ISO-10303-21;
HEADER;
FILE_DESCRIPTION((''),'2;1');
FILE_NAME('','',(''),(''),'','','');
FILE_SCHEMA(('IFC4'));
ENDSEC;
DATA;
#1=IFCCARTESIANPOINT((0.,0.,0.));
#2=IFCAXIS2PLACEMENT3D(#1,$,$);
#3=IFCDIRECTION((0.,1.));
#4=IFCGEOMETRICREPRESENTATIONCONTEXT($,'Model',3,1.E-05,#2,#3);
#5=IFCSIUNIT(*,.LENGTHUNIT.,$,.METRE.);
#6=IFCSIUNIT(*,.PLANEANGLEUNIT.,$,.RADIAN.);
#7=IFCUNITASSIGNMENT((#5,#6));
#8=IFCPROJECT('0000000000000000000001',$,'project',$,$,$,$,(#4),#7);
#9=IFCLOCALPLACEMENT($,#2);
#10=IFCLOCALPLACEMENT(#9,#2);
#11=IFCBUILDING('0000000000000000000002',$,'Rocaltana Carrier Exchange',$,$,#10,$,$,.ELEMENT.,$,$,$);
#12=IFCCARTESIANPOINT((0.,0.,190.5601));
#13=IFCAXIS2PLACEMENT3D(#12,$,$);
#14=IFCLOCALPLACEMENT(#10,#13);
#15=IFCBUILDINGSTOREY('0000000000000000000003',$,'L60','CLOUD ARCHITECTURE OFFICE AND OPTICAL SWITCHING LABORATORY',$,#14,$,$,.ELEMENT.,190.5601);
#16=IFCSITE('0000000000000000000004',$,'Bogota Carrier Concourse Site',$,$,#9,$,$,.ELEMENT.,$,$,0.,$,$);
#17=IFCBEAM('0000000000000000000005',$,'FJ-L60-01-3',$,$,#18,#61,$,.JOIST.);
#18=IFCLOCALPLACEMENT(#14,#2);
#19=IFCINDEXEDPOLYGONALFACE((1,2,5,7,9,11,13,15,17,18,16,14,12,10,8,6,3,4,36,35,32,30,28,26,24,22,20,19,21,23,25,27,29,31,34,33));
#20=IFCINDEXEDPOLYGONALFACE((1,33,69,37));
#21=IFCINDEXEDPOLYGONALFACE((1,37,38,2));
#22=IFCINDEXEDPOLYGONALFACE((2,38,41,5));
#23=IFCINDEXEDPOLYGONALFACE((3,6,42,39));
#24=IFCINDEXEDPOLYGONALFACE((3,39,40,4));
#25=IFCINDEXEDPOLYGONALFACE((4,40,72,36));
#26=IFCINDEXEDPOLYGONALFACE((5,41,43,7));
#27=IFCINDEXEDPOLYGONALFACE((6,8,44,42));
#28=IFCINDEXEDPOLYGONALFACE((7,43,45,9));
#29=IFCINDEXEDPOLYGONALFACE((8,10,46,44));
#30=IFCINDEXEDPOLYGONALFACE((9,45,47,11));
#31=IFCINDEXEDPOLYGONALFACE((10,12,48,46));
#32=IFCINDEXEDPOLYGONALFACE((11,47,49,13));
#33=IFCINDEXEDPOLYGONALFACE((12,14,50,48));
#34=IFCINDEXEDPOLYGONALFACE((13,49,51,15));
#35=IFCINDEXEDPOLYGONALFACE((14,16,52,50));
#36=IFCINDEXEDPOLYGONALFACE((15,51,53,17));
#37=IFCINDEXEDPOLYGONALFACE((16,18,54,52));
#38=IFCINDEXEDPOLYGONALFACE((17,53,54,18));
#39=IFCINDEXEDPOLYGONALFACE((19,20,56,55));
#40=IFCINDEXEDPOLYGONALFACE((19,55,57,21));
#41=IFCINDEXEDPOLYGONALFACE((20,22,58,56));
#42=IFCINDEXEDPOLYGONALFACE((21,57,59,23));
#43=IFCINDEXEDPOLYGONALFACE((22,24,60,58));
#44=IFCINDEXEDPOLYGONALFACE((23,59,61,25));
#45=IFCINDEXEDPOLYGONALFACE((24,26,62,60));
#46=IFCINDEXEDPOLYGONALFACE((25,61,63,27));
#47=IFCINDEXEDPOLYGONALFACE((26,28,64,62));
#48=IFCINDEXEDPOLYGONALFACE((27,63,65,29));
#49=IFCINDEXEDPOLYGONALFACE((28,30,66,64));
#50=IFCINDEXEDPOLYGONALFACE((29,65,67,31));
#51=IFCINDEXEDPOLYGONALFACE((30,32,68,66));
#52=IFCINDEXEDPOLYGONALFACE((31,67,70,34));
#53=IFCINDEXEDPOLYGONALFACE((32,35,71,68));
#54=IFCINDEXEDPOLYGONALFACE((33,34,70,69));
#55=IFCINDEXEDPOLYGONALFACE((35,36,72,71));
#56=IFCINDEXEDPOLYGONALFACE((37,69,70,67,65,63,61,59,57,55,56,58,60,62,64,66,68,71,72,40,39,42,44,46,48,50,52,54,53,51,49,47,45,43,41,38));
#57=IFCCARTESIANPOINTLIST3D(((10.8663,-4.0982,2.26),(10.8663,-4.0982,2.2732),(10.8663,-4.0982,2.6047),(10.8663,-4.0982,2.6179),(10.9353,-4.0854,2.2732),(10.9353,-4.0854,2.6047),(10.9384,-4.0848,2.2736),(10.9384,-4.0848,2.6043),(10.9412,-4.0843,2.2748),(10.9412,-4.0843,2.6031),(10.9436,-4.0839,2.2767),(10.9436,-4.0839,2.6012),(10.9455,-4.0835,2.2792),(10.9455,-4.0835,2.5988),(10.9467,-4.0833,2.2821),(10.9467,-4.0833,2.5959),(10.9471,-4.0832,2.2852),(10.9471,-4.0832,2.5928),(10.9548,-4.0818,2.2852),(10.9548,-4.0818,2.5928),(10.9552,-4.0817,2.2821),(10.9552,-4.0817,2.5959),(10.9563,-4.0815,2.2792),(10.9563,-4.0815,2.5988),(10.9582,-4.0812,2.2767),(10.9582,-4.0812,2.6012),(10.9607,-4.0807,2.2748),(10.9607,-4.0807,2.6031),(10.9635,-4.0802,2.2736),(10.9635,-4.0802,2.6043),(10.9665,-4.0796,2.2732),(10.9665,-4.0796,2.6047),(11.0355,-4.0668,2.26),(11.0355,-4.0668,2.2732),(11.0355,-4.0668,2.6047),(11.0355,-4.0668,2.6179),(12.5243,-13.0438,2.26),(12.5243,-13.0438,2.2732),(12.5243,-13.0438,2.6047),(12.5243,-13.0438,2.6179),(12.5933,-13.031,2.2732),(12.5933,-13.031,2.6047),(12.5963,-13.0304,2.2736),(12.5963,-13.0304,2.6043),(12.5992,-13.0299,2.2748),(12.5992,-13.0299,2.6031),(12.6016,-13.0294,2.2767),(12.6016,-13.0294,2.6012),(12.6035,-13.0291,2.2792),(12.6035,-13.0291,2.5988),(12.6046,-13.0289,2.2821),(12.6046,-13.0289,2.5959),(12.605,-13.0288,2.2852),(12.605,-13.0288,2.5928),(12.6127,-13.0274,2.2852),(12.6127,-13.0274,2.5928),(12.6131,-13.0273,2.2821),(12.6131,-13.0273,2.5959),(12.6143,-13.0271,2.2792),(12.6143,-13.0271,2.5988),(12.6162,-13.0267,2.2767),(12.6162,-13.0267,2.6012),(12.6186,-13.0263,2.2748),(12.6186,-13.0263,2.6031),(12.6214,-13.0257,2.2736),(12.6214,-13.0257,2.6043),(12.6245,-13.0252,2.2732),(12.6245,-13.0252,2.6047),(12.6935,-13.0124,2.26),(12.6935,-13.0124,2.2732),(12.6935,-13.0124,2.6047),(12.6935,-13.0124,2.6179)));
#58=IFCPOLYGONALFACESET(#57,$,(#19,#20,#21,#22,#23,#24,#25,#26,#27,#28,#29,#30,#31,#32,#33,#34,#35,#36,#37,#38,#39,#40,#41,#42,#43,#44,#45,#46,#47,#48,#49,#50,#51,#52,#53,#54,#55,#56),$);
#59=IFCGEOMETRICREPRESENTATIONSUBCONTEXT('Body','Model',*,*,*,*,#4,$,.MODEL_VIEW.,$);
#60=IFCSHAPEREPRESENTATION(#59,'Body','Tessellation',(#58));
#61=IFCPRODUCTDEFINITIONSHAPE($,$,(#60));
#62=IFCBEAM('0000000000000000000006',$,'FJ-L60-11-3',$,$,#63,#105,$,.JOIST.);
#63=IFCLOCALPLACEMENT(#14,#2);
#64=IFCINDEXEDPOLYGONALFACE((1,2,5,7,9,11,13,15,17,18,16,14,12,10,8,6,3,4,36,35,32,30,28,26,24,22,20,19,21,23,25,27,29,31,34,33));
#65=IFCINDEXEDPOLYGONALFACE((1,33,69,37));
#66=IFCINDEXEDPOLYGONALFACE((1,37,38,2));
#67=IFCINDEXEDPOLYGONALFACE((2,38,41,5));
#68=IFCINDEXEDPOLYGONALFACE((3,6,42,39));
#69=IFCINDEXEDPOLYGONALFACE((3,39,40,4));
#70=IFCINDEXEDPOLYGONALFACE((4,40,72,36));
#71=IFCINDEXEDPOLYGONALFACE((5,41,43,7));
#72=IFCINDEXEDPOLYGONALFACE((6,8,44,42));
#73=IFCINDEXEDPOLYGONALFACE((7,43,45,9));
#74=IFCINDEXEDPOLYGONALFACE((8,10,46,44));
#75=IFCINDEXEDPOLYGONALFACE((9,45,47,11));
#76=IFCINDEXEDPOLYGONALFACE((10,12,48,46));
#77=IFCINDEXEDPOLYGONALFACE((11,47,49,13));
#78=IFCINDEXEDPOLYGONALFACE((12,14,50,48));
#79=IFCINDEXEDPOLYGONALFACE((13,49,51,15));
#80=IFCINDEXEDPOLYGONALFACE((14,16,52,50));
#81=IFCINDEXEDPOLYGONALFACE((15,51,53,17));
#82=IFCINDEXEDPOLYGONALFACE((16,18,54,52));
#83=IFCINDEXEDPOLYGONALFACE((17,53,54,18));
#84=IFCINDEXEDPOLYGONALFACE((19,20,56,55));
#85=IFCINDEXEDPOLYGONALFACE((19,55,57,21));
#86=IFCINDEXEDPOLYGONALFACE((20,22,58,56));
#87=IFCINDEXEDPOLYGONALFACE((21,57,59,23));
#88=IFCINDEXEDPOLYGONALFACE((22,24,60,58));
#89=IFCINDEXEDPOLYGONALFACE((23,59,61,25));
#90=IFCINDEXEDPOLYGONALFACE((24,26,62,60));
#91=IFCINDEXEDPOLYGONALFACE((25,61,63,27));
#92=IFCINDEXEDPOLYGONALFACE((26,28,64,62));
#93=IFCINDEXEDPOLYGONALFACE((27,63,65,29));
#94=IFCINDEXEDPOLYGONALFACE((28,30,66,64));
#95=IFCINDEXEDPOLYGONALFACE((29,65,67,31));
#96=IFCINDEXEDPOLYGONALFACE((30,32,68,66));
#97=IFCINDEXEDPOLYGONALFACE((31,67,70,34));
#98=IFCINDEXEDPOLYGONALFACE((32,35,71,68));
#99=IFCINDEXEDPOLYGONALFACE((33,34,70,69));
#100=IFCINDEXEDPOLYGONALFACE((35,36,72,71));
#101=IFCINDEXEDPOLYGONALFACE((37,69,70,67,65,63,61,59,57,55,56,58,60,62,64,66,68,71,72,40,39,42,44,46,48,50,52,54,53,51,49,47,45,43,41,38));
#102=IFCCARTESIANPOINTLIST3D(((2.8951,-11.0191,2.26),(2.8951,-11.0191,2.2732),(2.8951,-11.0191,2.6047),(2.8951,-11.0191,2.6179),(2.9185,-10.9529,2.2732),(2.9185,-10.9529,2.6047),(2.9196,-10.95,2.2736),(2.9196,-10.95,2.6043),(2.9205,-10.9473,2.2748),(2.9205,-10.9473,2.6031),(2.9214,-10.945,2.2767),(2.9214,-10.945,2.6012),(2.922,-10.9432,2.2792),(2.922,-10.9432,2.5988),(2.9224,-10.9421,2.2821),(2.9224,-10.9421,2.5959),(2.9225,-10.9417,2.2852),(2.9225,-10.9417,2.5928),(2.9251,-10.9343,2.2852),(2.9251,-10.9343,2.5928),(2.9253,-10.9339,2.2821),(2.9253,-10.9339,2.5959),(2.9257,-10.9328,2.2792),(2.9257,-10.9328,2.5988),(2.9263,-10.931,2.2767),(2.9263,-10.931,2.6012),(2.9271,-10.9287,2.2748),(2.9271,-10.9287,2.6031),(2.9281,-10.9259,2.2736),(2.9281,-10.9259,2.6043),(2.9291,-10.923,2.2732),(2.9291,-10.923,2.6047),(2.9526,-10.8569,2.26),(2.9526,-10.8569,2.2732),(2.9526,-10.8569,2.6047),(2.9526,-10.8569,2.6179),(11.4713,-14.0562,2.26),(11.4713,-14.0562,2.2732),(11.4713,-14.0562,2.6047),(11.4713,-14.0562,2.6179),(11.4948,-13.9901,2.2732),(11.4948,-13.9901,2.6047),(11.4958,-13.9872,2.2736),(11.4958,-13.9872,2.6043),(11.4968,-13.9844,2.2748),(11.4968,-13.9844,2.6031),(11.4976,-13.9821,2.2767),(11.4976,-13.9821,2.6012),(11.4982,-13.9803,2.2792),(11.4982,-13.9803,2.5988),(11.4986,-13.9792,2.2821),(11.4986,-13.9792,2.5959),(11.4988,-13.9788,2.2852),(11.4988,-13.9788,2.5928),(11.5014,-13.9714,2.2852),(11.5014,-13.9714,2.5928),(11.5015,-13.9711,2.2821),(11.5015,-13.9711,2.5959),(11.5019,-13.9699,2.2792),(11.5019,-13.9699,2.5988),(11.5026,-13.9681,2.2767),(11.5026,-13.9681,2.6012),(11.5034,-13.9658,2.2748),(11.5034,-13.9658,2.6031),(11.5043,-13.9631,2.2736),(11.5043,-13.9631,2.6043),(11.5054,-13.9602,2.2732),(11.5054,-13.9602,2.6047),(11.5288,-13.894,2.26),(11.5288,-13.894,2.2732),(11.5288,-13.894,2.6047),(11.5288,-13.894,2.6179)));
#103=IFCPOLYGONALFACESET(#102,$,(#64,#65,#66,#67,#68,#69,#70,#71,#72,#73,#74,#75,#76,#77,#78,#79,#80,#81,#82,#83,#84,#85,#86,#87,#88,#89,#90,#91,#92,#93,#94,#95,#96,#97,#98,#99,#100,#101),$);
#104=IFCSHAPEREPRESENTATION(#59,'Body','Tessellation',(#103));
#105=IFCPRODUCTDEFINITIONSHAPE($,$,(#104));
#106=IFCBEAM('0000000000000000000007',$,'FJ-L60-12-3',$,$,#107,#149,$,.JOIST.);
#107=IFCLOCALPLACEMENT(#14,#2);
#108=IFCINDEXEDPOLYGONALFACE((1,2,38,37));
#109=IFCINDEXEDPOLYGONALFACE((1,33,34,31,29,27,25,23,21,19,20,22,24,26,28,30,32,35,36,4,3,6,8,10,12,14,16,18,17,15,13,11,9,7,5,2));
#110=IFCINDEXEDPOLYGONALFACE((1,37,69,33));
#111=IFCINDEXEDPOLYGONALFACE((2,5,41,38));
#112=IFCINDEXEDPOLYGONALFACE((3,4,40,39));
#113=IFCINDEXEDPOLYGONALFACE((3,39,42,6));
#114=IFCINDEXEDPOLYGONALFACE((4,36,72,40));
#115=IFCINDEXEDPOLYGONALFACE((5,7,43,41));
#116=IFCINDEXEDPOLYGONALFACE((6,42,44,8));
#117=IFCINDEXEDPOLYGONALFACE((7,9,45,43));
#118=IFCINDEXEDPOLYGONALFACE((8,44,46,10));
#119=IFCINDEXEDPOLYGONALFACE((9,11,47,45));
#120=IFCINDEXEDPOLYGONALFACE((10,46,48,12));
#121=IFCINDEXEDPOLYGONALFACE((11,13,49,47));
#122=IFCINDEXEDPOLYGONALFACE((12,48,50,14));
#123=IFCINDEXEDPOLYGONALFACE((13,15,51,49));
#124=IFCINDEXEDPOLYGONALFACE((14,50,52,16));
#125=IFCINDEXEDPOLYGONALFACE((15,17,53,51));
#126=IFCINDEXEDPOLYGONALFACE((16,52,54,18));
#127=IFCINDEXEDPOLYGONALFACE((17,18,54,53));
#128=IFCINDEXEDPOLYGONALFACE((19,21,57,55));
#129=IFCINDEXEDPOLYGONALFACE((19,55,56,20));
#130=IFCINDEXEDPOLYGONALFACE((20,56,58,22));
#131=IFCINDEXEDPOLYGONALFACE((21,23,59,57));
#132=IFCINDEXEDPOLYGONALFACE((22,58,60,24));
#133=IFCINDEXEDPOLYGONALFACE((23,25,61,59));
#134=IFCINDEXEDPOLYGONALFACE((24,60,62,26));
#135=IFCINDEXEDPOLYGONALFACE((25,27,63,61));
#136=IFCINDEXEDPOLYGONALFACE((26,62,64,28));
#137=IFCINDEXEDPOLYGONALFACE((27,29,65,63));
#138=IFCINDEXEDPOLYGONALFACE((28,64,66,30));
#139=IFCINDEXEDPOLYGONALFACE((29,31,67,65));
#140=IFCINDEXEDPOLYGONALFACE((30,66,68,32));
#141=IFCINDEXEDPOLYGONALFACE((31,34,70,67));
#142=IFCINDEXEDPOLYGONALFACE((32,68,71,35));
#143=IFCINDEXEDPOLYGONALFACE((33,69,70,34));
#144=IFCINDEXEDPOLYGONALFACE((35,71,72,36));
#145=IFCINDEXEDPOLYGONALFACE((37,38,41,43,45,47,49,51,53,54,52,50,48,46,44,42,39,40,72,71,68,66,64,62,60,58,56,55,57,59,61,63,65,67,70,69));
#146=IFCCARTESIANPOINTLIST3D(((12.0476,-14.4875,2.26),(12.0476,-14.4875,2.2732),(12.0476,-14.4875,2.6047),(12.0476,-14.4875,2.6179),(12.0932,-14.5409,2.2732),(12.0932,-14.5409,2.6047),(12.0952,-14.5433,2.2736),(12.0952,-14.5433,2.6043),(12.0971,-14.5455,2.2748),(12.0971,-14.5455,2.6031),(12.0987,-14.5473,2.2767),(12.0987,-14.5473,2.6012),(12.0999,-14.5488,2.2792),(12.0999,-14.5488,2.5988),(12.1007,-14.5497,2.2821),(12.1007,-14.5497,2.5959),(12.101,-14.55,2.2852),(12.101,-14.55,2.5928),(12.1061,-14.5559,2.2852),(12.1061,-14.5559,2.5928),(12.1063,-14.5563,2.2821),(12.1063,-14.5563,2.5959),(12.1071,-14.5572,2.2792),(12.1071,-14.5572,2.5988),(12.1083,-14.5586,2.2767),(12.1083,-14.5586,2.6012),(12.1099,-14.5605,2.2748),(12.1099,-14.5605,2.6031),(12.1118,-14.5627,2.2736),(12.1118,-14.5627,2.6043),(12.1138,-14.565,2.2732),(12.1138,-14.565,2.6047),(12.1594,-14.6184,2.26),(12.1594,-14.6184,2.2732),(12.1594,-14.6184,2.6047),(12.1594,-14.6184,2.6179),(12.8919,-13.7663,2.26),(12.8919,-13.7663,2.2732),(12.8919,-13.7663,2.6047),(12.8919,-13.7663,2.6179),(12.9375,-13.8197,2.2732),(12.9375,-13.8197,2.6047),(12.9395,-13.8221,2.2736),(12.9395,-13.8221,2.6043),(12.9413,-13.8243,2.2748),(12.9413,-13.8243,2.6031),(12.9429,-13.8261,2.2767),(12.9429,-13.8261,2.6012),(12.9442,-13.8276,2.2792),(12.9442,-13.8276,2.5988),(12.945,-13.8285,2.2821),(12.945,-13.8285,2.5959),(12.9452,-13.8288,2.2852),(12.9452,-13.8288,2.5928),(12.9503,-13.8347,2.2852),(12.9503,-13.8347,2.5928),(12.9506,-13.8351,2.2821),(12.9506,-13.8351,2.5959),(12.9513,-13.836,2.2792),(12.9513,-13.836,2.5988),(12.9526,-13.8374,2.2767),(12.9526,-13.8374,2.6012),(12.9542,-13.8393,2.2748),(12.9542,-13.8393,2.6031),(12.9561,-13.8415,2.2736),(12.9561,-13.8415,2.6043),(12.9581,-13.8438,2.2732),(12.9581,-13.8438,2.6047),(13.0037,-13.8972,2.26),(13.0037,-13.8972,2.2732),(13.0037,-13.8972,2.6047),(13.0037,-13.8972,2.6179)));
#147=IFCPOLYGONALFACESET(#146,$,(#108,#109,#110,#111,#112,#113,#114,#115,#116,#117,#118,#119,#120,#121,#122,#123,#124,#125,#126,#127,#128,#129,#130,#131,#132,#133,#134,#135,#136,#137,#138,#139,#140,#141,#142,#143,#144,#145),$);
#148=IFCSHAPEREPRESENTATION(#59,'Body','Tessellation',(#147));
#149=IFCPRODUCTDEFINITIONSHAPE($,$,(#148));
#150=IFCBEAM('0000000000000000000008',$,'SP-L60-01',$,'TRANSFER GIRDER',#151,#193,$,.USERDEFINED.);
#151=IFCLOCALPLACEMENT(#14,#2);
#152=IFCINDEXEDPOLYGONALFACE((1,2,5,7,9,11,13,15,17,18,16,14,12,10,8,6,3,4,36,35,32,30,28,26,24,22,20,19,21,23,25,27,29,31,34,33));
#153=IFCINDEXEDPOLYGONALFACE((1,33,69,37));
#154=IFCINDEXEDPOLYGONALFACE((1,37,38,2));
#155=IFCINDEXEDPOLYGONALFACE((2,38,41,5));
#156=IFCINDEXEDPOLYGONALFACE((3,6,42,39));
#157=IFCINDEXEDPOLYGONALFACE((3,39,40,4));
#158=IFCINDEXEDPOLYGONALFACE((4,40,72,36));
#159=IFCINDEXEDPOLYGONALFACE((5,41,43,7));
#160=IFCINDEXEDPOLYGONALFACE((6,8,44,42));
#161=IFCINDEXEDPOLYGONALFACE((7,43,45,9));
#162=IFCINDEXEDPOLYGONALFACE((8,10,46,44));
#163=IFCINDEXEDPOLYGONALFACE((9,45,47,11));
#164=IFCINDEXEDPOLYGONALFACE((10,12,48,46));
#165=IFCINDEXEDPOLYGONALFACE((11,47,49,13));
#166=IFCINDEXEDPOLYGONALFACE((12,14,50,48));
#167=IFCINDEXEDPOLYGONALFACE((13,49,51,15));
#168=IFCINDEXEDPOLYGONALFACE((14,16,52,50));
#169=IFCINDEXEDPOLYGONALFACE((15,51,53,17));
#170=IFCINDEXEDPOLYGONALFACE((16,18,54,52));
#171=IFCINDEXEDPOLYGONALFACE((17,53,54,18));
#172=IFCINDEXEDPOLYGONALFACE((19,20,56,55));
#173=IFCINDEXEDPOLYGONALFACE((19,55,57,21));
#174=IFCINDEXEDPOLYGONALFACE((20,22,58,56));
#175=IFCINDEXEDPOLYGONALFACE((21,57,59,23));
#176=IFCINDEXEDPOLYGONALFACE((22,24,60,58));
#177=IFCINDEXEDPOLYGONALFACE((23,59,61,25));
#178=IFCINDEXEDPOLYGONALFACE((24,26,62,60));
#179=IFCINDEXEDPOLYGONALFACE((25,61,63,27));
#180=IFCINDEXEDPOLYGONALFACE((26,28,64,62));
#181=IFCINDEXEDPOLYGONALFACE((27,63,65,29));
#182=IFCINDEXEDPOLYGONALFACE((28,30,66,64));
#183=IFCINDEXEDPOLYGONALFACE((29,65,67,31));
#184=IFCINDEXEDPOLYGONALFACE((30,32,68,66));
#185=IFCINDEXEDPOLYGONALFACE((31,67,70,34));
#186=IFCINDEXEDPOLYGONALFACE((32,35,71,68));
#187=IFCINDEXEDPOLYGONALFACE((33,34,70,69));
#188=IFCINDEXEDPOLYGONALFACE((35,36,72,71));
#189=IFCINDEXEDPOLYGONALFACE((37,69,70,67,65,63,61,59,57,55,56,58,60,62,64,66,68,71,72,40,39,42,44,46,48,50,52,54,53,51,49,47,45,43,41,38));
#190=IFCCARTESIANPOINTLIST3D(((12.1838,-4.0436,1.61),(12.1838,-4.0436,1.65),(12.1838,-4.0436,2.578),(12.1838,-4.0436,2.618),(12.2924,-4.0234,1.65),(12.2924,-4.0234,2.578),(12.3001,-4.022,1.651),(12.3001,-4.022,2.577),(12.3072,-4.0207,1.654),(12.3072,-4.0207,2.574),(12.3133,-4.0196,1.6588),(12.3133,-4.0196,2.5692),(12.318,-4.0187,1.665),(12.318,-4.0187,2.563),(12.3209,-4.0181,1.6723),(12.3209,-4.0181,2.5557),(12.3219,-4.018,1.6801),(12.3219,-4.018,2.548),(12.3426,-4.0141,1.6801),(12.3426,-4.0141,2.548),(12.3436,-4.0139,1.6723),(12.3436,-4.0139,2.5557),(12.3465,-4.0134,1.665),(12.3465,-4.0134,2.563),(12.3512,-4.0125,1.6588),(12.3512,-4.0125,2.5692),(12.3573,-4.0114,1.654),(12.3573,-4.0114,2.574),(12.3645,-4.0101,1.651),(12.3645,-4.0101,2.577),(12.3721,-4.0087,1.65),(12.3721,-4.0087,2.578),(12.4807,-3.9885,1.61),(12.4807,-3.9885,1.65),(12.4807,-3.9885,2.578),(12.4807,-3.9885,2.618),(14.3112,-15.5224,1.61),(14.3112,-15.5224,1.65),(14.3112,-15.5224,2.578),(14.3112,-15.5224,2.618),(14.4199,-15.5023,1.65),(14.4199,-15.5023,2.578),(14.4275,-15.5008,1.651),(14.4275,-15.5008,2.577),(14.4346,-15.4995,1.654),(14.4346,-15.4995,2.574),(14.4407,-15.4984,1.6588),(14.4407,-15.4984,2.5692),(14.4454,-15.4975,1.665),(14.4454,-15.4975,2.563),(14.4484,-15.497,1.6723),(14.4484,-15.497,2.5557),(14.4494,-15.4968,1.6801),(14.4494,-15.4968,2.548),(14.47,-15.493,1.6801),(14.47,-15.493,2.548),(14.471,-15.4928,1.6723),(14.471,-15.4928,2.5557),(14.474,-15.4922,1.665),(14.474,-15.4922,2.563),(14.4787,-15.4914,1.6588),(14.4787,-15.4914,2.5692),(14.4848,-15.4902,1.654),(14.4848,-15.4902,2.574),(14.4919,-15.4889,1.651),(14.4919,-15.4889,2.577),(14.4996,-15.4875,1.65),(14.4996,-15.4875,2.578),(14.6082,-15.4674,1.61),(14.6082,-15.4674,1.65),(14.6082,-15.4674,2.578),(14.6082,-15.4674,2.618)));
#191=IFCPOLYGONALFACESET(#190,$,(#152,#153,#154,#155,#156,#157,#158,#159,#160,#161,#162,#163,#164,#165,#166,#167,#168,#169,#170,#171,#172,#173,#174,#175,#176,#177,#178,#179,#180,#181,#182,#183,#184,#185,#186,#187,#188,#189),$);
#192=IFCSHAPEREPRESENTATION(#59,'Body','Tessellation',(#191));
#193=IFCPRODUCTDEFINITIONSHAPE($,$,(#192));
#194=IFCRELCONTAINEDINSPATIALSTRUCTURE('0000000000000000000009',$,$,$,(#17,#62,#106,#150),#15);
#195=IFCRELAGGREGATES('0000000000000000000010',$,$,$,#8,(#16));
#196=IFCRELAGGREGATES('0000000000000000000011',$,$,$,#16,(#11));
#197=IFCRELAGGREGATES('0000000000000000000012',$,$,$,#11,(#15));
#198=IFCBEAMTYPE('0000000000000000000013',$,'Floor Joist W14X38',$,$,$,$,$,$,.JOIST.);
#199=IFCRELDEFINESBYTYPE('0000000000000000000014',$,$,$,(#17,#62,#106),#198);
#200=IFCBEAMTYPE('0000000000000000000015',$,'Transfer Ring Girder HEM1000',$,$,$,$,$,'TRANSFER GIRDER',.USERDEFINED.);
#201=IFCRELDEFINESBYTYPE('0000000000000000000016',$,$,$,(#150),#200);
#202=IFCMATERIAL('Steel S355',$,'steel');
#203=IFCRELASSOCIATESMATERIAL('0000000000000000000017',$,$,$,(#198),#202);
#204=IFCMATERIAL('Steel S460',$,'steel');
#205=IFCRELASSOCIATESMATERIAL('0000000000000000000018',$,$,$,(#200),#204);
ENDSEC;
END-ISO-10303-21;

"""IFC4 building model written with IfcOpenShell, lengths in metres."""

from ifc_helpers import new_model, si_unit, direction, frame, origin, origin_2d, place, context, subcontext, project, spatial, i_section, extrude, material, material_profile, profile_set, type_object, element, save


model = new_model("IFC4")

# Units and contexts
model_context = context("Model", 3, precision=1e-05, world=origin(), true_north=direction((0.0, 1.0)))
body_context = subcontext(model_context, "Body", "Model", "MODEL_VIEW")
ifc_project = project(units=[si_unit("LENGTHUNIT", "METRE"), si_unit("PLANEANGLEUNIT", "RADIAN")], contexts=[model_context])

# Site, building, storey
site_placement = place(None, origin())
site = spatial("IfcSite", under=ifc_project, at=site_placement, Name="Bogota Carrier Concourse Site", CompositionType="ELEMENT", RefElevation=0.0)
building_placement = place(site_placement, origin())
building = spatial("IfcBuilding", under=site, at=building_placement, Name="Rocaltana Carrier Exchange", CompositionType="ELEMENT")
storey_placement = place(building_placement, frame((0.0, 0.0, 190.5601)))
storey = spatial("IfcBuildingStorey", under=building, at=storey_placement, Name="L60", Description="CLOUD ARCHITECTURE OFFICE AND OPTICAL SWITCHING LABORATORY", CompositionType="ELEMENT", Elevation=190.5601)

# Beams
ifc_material_1 = material(Name="Steel S355", Category="steel")
ifc_material_profile_1 = material_profile(ifc_material_1, i_section(OverallWidth=0.1721, OverallDepth=0.3579, WebThickness=0.0078, FlangeThickness=0.0132, FilletRadius=0.012, at=origin_2d()), Name="W14X38")
ifc_profile_set_1 = profile_set([ifc_material_profile_1], Name="Steel S355")
beam_type_1 = type_object("IfcBeamType", Name="Floor Joist W14X38", PredefinedType="JOIST", material=ifc_profile_set_1)
beam_1_placement = place(storey_placement, frame((12.6089, -13.0281, 2.439), z_axis=(-0.182235, 0.983255, 0.0), x_axis=(-0.983255, -0.182235, 0.0)))
element("IfcBeam", 1, at=beam_1_placement, inside=storey, type_object=beam_type_1, Name="FJ-L60-01-3", PredefinedType="JOIST", context=body_context, shape_type="SweptSolid", body=[
    extrude(i_section(OverallWidth=0.1721, OverallDepth=0.3579, WebThickness=0.0078, FlangeThickness=0.0132, FilletRadius=0.012, at=origin_2d()), origin(), (0.0, 0.0, 1.0), 9.0979),
])
beam_2_placement = place(storey_placement, frame((2.9238, -10.938, 2.439), z_axis=(0.942637, -0.333819, 0.0), x_axis=(0.333819, 0.942637, 0.0)))
element("IfcBeam", 2, at=beam_2_placement, inside=storey, type_object=beam_type_1, Name="FJ-L60-11-3", PredefinedType="JOIST", context=body_context, shape_type="SweptSolid", body=[
    extrude(i_section(OverallWidth=0.1721, OverallDepth=0.3579, WebThickness=0.0078, FlangeThickness=0.0132, FilletRadius=0.012, at=origin_2d()), origin(), (0.0, 0.0, 1.0), 9.0981),
])
beam_3_placement = place(storey_placement, frame((12.1035, -14.553, 2.439), z_axis=(0.760342, 0.649523, 0.0), x_axis=(-0.649523, 0.760342, 0.0)))
element("IfcBeam", 3, at=beam_3_placement, inside=storey, type_object=beam_type_1, Name="FJ-L60-12-3", PredefinedType="JOIST", context=body_context, shape_type="SweptSolid", body=[
    extrude(i_section(OverallWidth=0.1721, OverallDepth=0.3579, WebThickness=0.0078, FlangeThickness=0.0132, FilletRadius=0.012, at=origin_2d()), origin(), (0.0, 0.0, 1.0), 1.1104),
])
ifc_material_2 = material(Name="Steel S460", Category="steel")
ifc_material_profile_2 = material_profile(ifc_material_2, i_section(OverallWidth=0.302, OverallDepth=1.0081, WebThickness=0.021, FlangeThickness=0.04, FilletRadius=0.03, at=origin_2d()), Name="HEM1000")
ifc_profile_set_2 = profile_set([ifc_material_profile_2], Name="Steel S460")
beam_type_2 = type_object("IfcBeamType", Name="Transfer Ring Girder HEM1000", ElementType="TRANSFER GIRDER", PredefinedType="USERDEFINED", material=ifc_profile_set_2)
for number, where, z_axis, x_axis, name in (
    (4, (14.4597, -15.4949, 2.114), (-0.182234, 0.983255, 0.0), (-0.983255, -0.182234, 0.0), "SP-L60-01"),
):
    element("IfcBeam", number, at=place(storey_placement, frame(where, z_axis=z_axis, x_axis=x_axis)), inside=storey, type_object=beam_type_2, Name=name, ObjectType="TRANSFER GIRDER", PredefinedType="USERDEFINED", context=body_context, shape_type="SweptSolid", body=[
        extrude(i_section(OverallWidth=0.302, OverallDepth=1.0081, WebThickness=0.021, FlangeThickness=0.04, FilletRadius=0.03, at=origin_2d()), origin(), (0.0, 0.0, 1.0), 11.6743),
    ])

save(model, "model.ifc")
